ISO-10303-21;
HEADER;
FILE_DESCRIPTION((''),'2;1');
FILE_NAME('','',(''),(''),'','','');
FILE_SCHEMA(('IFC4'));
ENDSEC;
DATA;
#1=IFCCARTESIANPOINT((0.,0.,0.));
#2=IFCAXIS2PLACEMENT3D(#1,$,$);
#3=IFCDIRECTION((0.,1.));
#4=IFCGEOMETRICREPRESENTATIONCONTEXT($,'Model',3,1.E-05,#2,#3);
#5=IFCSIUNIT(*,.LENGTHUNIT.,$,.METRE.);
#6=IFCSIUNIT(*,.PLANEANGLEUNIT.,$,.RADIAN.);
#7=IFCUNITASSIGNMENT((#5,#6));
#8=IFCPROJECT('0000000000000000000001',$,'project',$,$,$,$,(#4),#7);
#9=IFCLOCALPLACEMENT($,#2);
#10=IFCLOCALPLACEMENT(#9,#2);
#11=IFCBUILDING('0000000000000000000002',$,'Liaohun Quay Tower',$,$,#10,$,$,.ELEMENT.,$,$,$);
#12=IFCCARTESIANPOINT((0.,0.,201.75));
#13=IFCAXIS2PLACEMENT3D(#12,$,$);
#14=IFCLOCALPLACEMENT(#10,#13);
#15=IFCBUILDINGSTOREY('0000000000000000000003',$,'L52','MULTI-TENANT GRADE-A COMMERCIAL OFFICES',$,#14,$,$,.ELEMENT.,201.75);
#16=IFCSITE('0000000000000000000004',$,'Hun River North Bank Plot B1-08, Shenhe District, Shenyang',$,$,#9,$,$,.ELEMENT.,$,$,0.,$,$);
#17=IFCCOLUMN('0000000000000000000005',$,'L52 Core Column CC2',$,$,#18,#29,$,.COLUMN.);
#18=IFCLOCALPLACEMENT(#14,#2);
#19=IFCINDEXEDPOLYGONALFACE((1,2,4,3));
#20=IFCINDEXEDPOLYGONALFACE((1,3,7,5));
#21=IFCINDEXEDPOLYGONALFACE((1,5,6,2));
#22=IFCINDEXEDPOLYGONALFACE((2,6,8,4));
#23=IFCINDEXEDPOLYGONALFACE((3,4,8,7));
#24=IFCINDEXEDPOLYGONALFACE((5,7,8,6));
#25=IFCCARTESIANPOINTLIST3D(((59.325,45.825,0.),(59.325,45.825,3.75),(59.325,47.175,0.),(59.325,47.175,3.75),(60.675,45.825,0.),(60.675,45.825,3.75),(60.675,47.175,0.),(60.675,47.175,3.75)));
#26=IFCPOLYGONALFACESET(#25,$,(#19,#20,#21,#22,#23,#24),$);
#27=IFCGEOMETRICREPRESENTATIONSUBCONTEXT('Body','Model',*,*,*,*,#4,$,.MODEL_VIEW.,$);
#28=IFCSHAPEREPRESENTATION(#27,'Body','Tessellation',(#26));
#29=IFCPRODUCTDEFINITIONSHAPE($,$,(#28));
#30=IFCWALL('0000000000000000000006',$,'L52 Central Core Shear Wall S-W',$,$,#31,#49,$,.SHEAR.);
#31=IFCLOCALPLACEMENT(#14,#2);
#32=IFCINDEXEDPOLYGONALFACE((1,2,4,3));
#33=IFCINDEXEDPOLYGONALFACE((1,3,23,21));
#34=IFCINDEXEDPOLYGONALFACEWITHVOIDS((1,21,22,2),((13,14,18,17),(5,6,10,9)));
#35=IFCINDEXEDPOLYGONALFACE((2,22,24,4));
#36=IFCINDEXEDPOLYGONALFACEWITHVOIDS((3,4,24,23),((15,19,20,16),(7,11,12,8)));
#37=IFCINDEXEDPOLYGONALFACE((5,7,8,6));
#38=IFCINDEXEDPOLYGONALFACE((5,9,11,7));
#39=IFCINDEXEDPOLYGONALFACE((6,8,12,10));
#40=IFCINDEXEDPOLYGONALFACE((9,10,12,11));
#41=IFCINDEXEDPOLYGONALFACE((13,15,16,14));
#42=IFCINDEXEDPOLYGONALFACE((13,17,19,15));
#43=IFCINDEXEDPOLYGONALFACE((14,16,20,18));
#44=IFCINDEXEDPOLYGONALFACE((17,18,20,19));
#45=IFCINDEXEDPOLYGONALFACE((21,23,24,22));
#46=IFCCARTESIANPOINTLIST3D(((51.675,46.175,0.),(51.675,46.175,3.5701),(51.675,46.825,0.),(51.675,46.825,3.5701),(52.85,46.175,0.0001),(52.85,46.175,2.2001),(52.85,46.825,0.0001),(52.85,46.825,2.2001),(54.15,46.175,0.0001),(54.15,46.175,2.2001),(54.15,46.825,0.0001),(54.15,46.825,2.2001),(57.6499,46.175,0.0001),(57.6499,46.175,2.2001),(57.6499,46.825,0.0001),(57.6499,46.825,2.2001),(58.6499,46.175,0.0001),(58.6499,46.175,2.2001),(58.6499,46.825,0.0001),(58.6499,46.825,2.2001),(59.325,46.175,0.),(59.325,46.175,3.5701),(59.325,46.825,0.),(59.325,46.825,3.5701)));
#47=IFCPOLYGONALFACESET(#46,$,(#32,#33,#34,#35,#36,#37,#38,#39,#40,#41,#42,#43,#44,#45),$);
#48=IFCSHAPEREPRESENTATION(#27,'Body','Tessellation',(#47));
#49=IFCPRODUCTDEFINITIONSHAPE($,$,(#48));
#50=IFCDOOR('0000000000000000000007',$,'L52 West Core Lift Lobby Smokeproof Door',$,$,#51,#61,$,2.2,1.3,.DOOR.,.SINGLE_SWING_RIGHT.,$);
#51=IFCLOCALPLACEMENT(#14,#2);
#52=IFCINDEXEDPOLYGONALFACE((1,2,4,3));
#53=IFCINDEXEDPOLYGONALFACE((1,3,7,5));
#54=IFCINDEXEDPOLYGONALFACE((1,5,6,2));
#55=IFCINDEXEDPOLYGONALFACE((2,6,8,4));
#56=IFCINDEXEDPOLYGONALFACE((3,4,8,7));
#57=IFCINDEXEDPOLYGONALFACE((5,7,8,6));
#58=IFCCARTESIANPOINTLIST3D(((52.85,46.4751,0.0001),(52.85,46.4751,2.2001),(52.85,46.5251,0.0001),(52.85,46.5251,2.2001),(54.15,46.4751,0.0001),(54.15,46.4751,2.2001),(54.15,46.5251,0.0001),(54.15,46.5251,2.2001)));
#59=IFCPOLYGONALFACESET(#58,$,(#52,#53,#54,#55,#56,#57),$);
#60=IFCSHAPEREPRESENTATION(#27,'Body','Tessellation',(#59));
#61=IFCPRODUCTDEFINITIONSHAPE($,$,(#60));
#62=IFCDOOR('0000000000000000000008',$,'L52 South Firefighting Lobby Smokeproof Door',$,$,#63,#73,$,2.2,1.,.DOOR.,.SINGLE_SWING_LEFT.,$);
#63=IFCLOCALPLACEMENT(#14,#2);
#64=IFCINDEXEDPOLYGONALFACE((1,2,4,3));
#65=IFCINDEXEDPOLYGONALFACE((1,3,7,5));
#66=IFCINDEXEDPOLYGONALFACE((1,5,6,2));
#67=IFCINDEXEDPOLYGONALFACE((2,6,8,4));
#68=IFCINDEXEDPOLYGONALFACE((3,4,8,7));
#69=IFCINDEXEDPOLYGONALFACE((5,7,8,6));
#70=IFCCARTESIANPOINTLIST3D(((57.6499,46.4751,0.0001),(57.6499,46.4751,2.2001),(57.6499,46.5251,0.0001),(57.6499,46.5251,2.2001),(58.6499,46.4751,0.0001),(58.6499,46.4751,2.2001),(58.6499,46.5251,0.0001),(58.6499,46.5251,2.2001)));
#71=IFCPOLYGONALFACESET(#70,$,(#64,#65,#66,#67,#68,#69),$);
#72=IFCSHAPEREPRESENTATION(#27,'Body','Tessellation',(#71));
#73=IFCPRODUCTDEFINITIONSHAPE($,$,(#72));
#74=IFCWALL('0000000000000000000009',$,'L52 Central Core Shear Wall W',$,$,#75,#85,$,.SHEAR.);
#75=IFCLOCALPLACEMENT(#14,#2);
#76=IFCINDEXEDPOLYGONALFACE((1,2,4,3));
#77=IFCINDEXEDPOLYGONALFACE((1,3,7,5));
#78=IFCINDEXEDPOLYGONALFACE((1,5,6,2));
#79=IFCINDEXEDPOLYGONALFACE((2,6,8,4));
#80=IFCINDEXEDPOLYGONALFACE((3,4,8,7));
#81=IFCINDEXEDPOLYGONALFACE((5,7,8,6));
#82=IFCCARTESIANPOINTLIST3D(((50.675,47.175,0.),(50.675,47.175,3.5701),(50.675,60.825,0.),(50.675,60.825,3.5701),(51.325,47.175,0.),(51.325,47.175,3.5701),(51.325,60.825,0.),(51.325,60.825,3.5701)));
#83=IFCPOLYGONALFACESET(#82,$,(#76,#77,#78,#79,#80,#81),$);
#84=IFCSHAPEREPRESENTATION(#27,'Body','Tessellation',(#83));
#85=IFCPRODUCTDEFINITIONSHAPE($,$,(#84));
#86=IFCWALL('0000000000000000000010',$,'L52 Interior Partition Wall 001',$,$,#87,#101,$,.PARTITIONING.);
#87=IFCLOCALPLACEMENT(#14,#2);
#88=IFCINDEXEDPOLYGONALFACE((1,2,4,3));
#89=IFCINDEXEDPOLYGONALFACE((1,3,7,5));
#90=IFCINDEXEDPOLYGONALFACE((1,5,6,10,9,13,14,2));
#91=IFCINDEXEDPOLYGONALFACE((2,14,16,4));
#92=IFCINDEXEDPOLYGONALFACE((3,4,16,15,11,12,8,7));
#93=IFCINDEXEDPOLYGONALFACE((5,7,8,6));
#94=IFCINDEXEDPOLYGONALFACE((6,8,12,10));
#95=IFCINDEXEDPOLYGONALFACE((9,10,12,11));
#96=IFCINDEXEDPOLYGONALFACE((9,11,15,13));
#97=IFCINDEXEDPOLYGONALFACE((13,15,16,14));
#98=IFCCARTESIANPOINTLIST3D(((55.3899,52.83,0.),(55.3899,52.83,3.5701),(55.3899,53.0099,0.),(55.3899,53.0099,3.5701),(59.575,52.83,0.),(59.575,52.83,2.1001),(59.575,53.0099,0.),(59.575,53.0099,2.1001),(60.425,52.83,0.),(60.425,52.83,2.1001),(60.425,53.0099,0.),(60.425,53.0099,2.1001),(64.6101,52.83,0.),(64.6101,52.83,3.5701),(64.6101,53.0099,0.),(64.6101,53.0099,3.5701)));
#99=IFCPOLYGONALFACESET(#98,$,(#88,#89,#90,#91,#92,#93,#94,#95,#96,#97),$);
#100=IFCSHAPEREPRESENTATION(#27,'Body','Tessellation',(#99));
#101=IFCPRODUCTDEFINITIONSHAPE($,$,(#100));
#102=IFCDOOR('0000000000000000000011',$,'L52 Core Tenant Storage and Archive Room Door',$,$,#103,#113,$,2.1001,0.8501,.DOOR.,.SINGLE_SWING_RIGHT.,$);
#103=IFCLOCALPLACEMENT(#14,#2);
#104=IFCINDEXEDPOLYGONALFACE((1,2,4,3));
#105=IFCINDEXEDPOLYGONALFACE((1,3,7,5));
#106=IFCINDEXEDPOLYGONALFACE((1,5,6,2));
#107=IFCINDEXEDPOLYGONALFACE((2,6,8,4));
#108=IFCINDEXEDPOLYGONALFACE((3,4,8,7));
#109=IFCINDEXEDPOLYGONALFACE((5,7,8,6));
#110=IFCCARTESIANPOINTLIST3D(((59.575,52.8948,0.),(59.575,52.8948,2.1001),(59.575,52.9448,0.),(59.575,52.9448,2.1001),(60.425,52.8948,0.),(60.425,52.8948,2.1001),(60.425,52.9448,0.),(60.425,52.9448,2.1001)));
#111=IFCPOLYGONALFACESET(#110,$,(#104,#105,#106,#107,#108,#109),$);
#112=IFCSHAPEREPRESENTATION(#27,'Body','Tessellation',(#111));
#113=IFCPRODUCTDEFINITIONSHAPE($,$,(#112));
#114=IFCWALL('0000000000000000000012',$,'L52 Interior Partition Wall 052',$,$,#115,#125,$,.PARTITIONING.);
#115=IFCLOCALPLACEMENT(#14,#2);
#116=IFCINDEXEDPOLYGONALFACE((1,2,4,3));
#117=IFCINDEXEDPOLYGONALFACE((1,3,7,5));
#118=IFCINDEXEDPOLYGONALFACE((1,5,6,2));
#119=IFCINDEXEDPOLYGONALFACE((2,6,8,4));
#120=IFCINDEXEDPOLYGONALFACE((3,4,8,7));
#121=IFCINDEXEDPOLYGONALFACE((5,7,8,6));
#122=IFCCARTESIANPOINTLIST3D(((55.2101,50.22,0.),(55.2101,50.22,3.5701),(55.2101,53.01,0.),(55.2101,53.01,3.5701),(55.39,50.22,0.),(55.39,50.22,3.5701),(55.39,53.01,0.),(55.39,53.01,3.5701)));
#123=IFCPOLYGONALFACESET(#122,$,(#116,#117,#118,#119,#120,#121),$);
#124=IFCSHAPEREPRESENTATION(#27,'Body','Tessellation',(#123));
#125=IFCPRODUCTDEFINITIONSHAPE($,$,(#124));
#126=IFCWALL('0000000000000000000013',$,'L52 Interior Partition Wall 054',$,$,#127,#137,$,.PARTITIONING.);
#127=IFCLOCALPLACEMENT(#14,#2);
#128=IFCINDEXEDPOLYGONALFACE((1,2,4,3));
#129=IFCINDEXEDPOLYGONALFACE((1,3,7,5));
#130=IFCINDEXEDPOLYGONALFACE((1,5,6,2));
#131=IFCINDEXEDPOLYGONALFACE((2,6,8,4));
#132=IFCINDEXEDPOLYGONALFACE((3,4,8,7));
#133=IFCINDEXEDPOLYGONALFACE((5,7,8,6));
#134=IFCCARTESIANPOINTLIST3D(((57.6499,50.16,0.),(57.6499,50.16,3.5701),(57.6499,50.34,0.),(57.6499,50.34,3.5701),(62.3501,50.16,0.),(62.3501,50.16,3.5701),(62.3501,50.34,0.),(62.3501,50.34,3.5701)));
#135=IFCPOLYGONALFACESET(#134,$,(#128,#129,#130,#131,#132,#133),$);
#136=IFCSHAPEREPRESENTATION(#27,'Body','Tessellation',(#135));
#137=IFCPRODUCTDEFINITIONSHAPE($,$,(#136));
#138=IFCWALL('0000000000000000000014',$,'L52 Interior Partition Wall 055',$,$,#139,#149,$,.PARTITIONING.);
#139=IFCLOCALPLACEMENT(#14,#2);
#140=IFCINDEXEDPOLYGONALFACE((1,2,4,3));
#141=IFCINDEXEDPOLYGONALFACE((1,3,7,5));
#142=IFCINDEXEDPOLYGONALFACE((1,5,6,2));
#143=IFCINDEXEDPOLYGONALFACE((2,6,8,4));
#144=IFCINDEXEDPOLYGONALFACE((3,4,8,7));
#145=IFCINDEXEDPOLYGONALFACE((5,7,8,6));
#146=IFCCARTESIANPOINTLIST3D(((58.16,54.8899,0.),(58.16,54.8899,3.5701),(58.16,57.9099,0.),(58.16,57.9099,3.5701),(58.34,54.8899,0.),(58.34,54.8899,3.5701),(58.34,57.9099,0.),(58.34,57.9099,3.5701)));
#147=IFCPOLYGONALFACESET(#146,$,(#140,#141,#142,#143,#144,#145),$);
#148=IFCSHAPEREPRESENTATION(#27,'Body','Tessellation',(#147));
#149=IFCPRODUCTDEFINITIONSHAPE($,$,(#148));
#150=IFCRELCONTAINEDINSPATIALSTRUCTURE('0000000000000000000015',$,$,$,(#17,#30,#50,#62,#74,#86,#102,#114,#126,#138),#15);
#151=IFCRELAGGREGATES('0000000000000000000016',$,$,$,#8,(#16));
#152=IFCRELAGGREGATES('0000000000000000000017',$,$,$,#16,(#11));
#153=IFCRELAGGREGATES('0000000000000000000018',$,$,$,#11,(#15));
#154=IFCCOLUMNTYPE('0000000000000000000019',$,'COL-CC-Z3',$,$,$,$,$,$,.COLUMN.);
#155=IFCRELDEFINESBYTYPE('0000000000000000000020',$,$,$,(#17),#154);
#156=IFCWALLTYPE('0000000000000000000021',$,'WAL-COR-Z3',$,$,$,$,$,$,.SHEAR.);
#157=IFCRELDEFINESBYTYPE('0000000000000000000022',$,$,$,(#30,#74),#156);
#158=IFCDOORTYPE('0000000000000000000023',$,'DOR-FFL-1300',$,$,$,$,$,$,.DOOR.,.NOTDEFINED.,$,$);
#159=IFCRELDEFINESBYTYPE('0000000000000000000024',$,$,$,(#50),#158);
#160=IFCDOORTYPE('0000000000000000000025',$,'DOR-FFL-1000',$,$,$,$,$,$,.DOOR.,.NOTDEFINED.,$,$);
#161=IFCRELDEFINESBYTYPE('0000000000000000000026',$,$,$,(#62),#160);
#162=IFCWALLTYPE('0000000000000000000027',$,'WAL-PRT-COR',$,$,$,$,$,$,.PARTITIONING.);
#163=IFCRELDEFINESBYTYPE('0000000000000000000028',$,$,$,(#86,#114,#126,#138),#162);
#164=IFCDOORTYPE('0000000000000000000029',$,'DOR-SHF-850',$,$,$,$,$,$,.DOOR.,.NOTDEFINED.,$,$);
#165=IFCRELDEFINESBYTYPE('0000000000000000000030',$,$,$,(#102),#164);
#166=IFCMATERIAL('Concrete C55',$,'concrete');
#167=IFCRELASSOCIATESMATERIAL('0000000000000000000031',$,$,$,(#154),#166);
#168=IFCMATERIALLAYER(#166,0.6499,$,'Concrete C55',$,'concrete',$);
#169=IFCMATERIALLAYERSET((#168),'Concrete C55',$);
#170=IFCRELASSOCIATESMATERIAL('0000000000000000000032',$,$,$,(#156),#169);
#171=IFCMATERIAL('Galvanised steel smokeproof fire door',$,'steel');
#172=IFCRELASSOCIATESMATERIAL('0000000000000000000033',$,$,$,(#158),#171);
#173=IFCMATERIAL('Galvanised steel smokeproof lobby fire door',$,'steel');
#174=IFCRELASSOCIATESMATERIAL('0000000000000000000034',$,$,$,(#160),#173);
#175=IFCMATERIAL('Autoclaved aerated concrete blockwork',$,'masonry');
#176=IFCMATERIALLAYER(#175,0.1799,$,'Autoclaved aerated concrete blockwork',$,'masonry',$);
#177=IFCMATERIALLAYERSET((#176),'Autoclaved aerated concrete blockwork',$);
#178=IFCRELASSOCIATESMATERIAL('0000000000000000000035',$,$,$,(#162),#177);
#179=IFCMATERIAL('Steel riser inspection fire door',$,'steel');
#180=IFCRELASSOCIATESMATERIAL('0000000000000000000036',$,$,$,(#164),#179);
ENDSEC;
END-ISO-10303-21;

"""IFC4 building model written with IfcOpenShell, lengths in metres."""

from ifc_helpers import new_model, si_unit, direction, frame, frame_2d, origin, origin_2d, place, context, subcontext, project, spatial, rectangle, extrude, source, transform, mapped, material, layer, layer_set, material_profile, profile_set, type_object, element, fill, save


model = new_model("IFC4")

# Units and contexts
model_context = context("Model", 3, precision=1e-05, world=origin(), true_north=direction((0.0, 1.0)))
body_context = subcontext(model_context, "Body", "Model", "MODEL_VIEW")
ifc_project = project(units=[si_unit("LENGTHUNIT", "METRE"), si_unit("PLANEANGLEUNIT", "RADIAN")], contexts=[model_context])

# Site, building, storey
site_placement = place(None, origin())
site = spatial("IfcSite", under=ifc_project, at=site_placement, Name="Hun River North Bank Plot B1-08, Shenhe District, Shenyang", CompositionType="ELEMENT", RefElevation=0.0)
building_placement = place(site_placement, origin())
building = spatial("IfcBuilding", under=site, at=building_placement, Name="Liaohun Quay Tower", CompositionType="ELEMENT")
storey_placement = place(building_placement, frame((0.0, 0.0, 201.75)))
storey = spatial("IfcBuildingStorey", under=building, at=storey_placement, Name="L52", Description="MULTI-TENANT GRADE-A COMMERCIAL OFFICES", CompositionType="ELEMENT", Elevation=201.75)

# Column
ifc_material_1 = material(Name="Concrete C55", Category="concrete")
ifc_material_profile = material_profile(ifc_material_1, rectangle(XDim=1.3501, YDim=1.3501, at=origin_2d()), Name="RC1350x1350")
ifc_profile_set = profile_set([ifc_material_profile], Name="Concrete C55")
column_type = type_object("IfcColumnType", Name="COL-CC-Z3", PredefinedType="COLUMN", material=ifc_profile_set)
shared_shape_1 = source(origin(), body_context, "Body", "SweptSolid", [
    extrude(rectangle(XDim=1.3501, YDim=1.3501, at=origin_2d()), origin(), (0.0, 0.0, 1.0), 3.75),
])
column_placement = place(storey_placement, frame((60.0, 46.5, 0.0), z_axis=(0.0, 0.0, 1.0), x_axis=(1.0, 0.0, 0.0)))
element("IfcColumn", 1, at=column_placement, inside=storey, type_object=column_type, Name="L52 Core Column CC2", PredefinedType="COLUMN", context=body_context, shape_type="MappedRepresentation", body=[
    mapped(shared_shape_1, transform((0.0, 0.0, 0.0), x_axis=(1.0, 0.0, 0.0), y_axis=(0.0, 1.0, 0.0), z_axis=(0.0, 0.0, 1.0), scale=1.0)),
])

# Wall, openings, doors
ifc_layer_1 = layer(ifc_material_1, 0.6499, Name="Concrete C55", Category="concrete")
ifc_layer_set_1 = layer_set([ifc_layer_1], Name="Concrete C55")
wall_type_1 = type_object("IfcWallType", Name="WAL-COR-Z3", PredefinedType="SHEAR", material=ifc_layer_set_1)
wall_1_placement = place(storey_placement, frame((59.325, 46.5, 0.0), z_axis=(0.0, 0.0, 1.0), x_axis=(-1.0, 0.0, 0.0)))
wall_1 = element("IfcWall", 2, at=wall_1_placement, inside=storey, type_object=wall_type_1, Name="L52 Central Core Shear Wall S-W", PredefinedType="SHEAR", context=body_context, shape_type="SweptSolid", body=[
    extrude(rectangle(XDim=7.6499, YDim=0.6499, at=frame_2d((3.825, 0.0))), origin(), (0.0, 0.0, 1.0), 3.5701),
])
shared_shape_2 = source(origin(), body_context, "Body", "SweptSolid", [
    extrude(rectangle(XDim=1.3, YDim=2.2, at=frame_2d((0.6499, 1.1001))), frame((0.0, 0.335, 0.0), z_axis=(0.0, -1.0, 0.0), x_axis=(1.0, 0.0, 0.0)), (0.0, 0.0, 1.0), 0.6699),
])
opening_1_placement = place(wall_1_placement, frame((5.175, 0.0, 0.0)))
opening_1 = element("IfcOpeningElement", 3, at=opening_1_placement, cuts=wall_1, PredefinedType="OPENING", context=body_context, shape_type="MappedRepresentation", body=[
    mapped(shared_shape_2, transform((0.0, 0.0, 0.0), x_axis=(1.0, 0.0, 0.0), y_axis=(0.0, 1.0, 0.0), z_axis=(0.0, 0.0, 1.0), scale=1.0)),
])
shared_shape_3 = source(origin(), body_context, "Body", "SweptSolid", [
    extrude(rectangle(XDim=1.0, YDim=2.2, at=frame_2d((0.5, 1.1001))), frame((0.0, 0.335, 0.0), z_axis=(0.0, -1.0, 0.0), x_axis=(1.0, 0.0, 0.0)), (0.0, 0.0, 1.0), 0.6699),
])
opening_2_placement = place(wall_1_placement, frame((0.675, 0.0, 0.0)))
opening_2 = element("IfcOpeningElement", 4, at=opening_2_placement, cuts=wall_1, PredefinedType="OPENING", context=body_context, shape_type="MappedRepresentation", body=[
    mapped(shared_shape_3, transform((0.0, 0.0, 0.0), x_axis=(1.0, 0.0, 0.0), y_axis=(0.0, 1.0, 0.0), z_axis=(0.0, 0.0, 1.0), scale=1.0)),
])
ifc_material_2 = material(Name="Galvanised steel smokeproof fire door", Category="steel")
door_type_1 = type_object("IfcDoorType", Name="DOR-FFL-1300", OperationType="NOTDEFINED", PredefinedType="DOOR", material=ifc_material_2)
shared_shape_4 = source(origin(), body_context, "Body", "SweptSolid", [
    extrude(rectangle(XDim=1.3, YDim=2.2, at=frame_2d((0.6499, 1.1001))), frame((0.0, 0.0249, 0.0), z_axis=(0.0, -1.0, 0.0), x_axis=(1.0, 0.0, 0.0)), (0.0, 0.0, 1.0), 0.05),
])
door_1_placement = place(opening_1_placement, origin())
door_1 = element("IfcDoor", 5, at=door_1_placement, inside=storey, type_object=door_type_1, Name="L52 West Core Lift Lobby Smokeproof Door", OperationType="SINGLE_SWING_RIGHT", OverallHeight=2.2, OverallWidth=1.3, PredefinedType="DOOR", context=body_context, shape_type="MappedRepresentation", body=[
    mapped(shared_shape_4, transform((0.0, 0.0, 0.0), x_axis=(1.0, 0.0, 0.0), y_axis=(0.0, 1.0, 0.0), z_axis=(0.0, 0.0, 1.0), scale=1.0)),
])
fill(opening_1, door_1)
ifc_material_3 = material(Name="Galvanised steel smokeproof lobby fire door", Category="steel")
door_type_2 = type_object("IfcDoorType", Name="DOR-FFL-1000", OperationType="NOTDEFINED", PredefinedType="DOOR", material=ifc_material_3)
shared_shape_5 = source(origin(), body_context, "Body", "SweptSolid", [
    extrude(rectangle(XDim=1.0, YDim=2.2, at=frame_2d((0.5, 1.1001))), frame((0.0, 0.0249, 0.0), z_axis=(0.0, -1.0, 0.0), x_axis=(1.0, 0.0, 0.0)), (0.0, 0.0, 1.0), 0.05),
])
door_2_placement = place(opening_2_placement, origin())
door_2 = element("IfcDoor", 6, at=door_2_placement, inside=storey, type_object=door_type_2, Name="L52 South Firefighting Lobby Smokeproof Door", OperationType="SINGLE_SWING_LEFT", OverallHeight=2.2, OverallWidth=1.0, PredefinedType="DOOR", context=body_context, shape_type="MappedRepresentation", body=[
    mapped(shared_shape_5, transform((0.0, 0.0, 0.0), x_axis=(1.0, 0.0, 0.0), y_axis=(0.0, 1.0, 0.0), z_axis=(0.0, 0.0, 1.0), scale=1.0)),
])
fill(opening_2, door_2)

# Wall
wall_2_placement = place(storey_placement, frame((51.0, 47.175, 0.0), z_axis=(0.0, 0.0, 1.0), x_axis=(0.0, 1.0, 0.0)))
element("IfcWall", 7, at=wall_2_placement, inside=storey, type_object=wall_type_1, Name="L52 Central Core Shear Wall W", PredefinedType="SHEAR", context=body_context, shape_type="SweptSolid", body=[
    extrude(rectangle(XDim=13.6499, YDim=0.6499, at=frame_2d((6.825, 0.0))), origin(), (0.0, 0.0, 1.0), 3.5701),
])

# Wall, opening, door
ifc_material_4 = material(Name="Autoclaved aerated concrete blockwork", Category="masonry")
ifc_layer_2 = layer(ifc_material_4, 0.1799, Name="Autoclaved aerated concrete blockwork", Category="masonry")
ifc_layer_set_2 = layer_set([ifc_layer_2], Name="Autoclaved aerated concrete blockwork")
wall_type_2 = type_object("IfcWallType", Name="WAL-PRT-COR", PredefinedType="PARTITIONING", material=ifc_layer_set_2)
wall_3_placement = place(storey_placement, frame((55.3899, 52.9199, 0.0), z_axis=(0.0, 0.0, 1.0), x_axis=(1.0, 0.0, 0.0)))
wall_3 = element("IfcWall", 8, at=wall_3_placement, inside=storey, type_object=wall_type_2, Name="L52 Interior Partition Wall 001", PredefinedType="PARTITIONING", context=body_context, shape_type="SweptSolid", body=[
    extrude(rectangle(XDim=9.2202, YDim=0.1799, at=frame_2d((4.6101, 0.0))), origin(), (0.0, 0.0, 1.0), 3.5701),
])
shared_shape_6 = source(origin(), body_context, "Body", "SweptSolid", [
    extrude(rectangle(XDim=0.8501, YDim=2.1001, at=frame_2d((0.425, 1.05))), frame((0.0, 0.0999, 0.0), z_axis=(0.0, -1.0, 0.0), x_axis=(1.0, 0.0, 0.0)), (0.0, 0.0, 1.0), 0.2),
])
opening_3_placement = place(wall_3_placement, frame((4.1851, 0.0, 0.0)))
opening_3 = element("IfcOpeningElement", 9, at=opening_3_placement, cuts=wall_3, PredefinedType="OPENING", context=body_context, shape_type="MappedRepresentation", body=[
    mapped(shared_shape_6, transform((0.0, 0.0, 0.0), x_axis=(1.0, 0.0, 0.0), y_axis=(0.0, 1.0, 0.0), z_axis=(0.0, 0.0, 1.0), scale=1.0)),
])
ifc_material_5 = material(Name="Steel riser inspection fire door", Category="steel")
door_type_3 = type_object("IfcDoorType", Name="DOR-SHF-850", OperationType="NOTDEFINED", PredefinedType="DOOR", material=ifc_material_5)
shared_shape_7 = source(origin(), body_context, "Body", "SweptSolid", [
    extrude(rectangle(XDim=0.8501, YDim=2.1001, at=frame_2d((0.425, 1.05))), frame((0.0, 0.0249, 0.0), z_axis=(0.0, -1.0, 0.0), x_axis=(1.0, 0.0, 0.0)), (0.0, 0.0, 1.0), 0.05),
])
door_3_placement = place(opening_3_placement, origin())
door_3 = element("IfcDoor", 10, at=door_3_placement, inside=storey, type_object=door_type_3, Name="L52 Core Tenant Storage and Archive Room Door", OperationType="SINGLE_SWING_RIGHT", OverallHeight=2.1001, OverallWidth=0.8501, PredefinedType="DOOR", context=body_context, shape_type="MappedRepresentation", body=[
    mapped(shared_shape_7, transform((0.0, 0.0, 0.0), x_axis=(1.0, 0.0, 0.0), y_axis=(0.0, 1.0, 0.0), z_axis=(0.0, 0.0, 1.0), scale=1.0)),
])
fill(opening_3, door_3)

# Walls
wall_4_placement = place(storey_placement, frame((55.3, 50.22, 0.0), z_axis=(0.0, 0.0, 1.0), x_axis=(0.0, 1.0, 0.0)))
element("IfcWall", 11, at=wall_4_placement, inside=storey, type_object=wall_type_2, Name="L52 Interior Partition Wall 052", PredefinedType="PARTITIONING", context=body_context, shape_type="SweptSolid", body=[
    extrude(rectangle(XDim=2.79, YDim=0.1799, at=frame_2d((1.395, 0.0))), origin(), (0.0, 0.0, 1.0), 3.5701),
])
wall_5_placement = place(storey_placement, frame((57.6499, 50.25, 0.0), z_axis=(0.0, 0.0, 1.0), x_axis=(1.0, 0.0, 0.0)))
element("IfcWall", 12, at=wall_5_placement, inside=storey, type_object=wall_type_2, Name="L52 Interior Partition Wall 054", PredefinedType="PARTITIONING", context=body_context, shape_type="SweptSolid", body=[
    extrude(rectangle(XDim=4.7002, YDim=0.1799, at=frame_2d((2.3501, 0.0))), origin(), (0.0, 0.0, 1.0), 3.5701),
])
wall_6_placement = place(storey_placement, frame((58.25, 54.8899, 0.0), z_axis=(0.0, 0.0, 1.0), x_axis=(0.0, 1.0, 0.0)))
element("IfcWall", 13, at=wall_6_placement, inside=storey, type_object=wall_type_2, Name="L52 Interior Partition Wall 055", PredefinedType="PARTITIONING", context=body_context, shape_type="SweptSolid", body=[
    extrude(rectangle(XDim=3.02, YDim=0.1799, at=frame_2d((1.51, 0.0))), origin(), (0.0, 0.0, 1.0), 3.5701),
])

save(model, "model.ifc")
